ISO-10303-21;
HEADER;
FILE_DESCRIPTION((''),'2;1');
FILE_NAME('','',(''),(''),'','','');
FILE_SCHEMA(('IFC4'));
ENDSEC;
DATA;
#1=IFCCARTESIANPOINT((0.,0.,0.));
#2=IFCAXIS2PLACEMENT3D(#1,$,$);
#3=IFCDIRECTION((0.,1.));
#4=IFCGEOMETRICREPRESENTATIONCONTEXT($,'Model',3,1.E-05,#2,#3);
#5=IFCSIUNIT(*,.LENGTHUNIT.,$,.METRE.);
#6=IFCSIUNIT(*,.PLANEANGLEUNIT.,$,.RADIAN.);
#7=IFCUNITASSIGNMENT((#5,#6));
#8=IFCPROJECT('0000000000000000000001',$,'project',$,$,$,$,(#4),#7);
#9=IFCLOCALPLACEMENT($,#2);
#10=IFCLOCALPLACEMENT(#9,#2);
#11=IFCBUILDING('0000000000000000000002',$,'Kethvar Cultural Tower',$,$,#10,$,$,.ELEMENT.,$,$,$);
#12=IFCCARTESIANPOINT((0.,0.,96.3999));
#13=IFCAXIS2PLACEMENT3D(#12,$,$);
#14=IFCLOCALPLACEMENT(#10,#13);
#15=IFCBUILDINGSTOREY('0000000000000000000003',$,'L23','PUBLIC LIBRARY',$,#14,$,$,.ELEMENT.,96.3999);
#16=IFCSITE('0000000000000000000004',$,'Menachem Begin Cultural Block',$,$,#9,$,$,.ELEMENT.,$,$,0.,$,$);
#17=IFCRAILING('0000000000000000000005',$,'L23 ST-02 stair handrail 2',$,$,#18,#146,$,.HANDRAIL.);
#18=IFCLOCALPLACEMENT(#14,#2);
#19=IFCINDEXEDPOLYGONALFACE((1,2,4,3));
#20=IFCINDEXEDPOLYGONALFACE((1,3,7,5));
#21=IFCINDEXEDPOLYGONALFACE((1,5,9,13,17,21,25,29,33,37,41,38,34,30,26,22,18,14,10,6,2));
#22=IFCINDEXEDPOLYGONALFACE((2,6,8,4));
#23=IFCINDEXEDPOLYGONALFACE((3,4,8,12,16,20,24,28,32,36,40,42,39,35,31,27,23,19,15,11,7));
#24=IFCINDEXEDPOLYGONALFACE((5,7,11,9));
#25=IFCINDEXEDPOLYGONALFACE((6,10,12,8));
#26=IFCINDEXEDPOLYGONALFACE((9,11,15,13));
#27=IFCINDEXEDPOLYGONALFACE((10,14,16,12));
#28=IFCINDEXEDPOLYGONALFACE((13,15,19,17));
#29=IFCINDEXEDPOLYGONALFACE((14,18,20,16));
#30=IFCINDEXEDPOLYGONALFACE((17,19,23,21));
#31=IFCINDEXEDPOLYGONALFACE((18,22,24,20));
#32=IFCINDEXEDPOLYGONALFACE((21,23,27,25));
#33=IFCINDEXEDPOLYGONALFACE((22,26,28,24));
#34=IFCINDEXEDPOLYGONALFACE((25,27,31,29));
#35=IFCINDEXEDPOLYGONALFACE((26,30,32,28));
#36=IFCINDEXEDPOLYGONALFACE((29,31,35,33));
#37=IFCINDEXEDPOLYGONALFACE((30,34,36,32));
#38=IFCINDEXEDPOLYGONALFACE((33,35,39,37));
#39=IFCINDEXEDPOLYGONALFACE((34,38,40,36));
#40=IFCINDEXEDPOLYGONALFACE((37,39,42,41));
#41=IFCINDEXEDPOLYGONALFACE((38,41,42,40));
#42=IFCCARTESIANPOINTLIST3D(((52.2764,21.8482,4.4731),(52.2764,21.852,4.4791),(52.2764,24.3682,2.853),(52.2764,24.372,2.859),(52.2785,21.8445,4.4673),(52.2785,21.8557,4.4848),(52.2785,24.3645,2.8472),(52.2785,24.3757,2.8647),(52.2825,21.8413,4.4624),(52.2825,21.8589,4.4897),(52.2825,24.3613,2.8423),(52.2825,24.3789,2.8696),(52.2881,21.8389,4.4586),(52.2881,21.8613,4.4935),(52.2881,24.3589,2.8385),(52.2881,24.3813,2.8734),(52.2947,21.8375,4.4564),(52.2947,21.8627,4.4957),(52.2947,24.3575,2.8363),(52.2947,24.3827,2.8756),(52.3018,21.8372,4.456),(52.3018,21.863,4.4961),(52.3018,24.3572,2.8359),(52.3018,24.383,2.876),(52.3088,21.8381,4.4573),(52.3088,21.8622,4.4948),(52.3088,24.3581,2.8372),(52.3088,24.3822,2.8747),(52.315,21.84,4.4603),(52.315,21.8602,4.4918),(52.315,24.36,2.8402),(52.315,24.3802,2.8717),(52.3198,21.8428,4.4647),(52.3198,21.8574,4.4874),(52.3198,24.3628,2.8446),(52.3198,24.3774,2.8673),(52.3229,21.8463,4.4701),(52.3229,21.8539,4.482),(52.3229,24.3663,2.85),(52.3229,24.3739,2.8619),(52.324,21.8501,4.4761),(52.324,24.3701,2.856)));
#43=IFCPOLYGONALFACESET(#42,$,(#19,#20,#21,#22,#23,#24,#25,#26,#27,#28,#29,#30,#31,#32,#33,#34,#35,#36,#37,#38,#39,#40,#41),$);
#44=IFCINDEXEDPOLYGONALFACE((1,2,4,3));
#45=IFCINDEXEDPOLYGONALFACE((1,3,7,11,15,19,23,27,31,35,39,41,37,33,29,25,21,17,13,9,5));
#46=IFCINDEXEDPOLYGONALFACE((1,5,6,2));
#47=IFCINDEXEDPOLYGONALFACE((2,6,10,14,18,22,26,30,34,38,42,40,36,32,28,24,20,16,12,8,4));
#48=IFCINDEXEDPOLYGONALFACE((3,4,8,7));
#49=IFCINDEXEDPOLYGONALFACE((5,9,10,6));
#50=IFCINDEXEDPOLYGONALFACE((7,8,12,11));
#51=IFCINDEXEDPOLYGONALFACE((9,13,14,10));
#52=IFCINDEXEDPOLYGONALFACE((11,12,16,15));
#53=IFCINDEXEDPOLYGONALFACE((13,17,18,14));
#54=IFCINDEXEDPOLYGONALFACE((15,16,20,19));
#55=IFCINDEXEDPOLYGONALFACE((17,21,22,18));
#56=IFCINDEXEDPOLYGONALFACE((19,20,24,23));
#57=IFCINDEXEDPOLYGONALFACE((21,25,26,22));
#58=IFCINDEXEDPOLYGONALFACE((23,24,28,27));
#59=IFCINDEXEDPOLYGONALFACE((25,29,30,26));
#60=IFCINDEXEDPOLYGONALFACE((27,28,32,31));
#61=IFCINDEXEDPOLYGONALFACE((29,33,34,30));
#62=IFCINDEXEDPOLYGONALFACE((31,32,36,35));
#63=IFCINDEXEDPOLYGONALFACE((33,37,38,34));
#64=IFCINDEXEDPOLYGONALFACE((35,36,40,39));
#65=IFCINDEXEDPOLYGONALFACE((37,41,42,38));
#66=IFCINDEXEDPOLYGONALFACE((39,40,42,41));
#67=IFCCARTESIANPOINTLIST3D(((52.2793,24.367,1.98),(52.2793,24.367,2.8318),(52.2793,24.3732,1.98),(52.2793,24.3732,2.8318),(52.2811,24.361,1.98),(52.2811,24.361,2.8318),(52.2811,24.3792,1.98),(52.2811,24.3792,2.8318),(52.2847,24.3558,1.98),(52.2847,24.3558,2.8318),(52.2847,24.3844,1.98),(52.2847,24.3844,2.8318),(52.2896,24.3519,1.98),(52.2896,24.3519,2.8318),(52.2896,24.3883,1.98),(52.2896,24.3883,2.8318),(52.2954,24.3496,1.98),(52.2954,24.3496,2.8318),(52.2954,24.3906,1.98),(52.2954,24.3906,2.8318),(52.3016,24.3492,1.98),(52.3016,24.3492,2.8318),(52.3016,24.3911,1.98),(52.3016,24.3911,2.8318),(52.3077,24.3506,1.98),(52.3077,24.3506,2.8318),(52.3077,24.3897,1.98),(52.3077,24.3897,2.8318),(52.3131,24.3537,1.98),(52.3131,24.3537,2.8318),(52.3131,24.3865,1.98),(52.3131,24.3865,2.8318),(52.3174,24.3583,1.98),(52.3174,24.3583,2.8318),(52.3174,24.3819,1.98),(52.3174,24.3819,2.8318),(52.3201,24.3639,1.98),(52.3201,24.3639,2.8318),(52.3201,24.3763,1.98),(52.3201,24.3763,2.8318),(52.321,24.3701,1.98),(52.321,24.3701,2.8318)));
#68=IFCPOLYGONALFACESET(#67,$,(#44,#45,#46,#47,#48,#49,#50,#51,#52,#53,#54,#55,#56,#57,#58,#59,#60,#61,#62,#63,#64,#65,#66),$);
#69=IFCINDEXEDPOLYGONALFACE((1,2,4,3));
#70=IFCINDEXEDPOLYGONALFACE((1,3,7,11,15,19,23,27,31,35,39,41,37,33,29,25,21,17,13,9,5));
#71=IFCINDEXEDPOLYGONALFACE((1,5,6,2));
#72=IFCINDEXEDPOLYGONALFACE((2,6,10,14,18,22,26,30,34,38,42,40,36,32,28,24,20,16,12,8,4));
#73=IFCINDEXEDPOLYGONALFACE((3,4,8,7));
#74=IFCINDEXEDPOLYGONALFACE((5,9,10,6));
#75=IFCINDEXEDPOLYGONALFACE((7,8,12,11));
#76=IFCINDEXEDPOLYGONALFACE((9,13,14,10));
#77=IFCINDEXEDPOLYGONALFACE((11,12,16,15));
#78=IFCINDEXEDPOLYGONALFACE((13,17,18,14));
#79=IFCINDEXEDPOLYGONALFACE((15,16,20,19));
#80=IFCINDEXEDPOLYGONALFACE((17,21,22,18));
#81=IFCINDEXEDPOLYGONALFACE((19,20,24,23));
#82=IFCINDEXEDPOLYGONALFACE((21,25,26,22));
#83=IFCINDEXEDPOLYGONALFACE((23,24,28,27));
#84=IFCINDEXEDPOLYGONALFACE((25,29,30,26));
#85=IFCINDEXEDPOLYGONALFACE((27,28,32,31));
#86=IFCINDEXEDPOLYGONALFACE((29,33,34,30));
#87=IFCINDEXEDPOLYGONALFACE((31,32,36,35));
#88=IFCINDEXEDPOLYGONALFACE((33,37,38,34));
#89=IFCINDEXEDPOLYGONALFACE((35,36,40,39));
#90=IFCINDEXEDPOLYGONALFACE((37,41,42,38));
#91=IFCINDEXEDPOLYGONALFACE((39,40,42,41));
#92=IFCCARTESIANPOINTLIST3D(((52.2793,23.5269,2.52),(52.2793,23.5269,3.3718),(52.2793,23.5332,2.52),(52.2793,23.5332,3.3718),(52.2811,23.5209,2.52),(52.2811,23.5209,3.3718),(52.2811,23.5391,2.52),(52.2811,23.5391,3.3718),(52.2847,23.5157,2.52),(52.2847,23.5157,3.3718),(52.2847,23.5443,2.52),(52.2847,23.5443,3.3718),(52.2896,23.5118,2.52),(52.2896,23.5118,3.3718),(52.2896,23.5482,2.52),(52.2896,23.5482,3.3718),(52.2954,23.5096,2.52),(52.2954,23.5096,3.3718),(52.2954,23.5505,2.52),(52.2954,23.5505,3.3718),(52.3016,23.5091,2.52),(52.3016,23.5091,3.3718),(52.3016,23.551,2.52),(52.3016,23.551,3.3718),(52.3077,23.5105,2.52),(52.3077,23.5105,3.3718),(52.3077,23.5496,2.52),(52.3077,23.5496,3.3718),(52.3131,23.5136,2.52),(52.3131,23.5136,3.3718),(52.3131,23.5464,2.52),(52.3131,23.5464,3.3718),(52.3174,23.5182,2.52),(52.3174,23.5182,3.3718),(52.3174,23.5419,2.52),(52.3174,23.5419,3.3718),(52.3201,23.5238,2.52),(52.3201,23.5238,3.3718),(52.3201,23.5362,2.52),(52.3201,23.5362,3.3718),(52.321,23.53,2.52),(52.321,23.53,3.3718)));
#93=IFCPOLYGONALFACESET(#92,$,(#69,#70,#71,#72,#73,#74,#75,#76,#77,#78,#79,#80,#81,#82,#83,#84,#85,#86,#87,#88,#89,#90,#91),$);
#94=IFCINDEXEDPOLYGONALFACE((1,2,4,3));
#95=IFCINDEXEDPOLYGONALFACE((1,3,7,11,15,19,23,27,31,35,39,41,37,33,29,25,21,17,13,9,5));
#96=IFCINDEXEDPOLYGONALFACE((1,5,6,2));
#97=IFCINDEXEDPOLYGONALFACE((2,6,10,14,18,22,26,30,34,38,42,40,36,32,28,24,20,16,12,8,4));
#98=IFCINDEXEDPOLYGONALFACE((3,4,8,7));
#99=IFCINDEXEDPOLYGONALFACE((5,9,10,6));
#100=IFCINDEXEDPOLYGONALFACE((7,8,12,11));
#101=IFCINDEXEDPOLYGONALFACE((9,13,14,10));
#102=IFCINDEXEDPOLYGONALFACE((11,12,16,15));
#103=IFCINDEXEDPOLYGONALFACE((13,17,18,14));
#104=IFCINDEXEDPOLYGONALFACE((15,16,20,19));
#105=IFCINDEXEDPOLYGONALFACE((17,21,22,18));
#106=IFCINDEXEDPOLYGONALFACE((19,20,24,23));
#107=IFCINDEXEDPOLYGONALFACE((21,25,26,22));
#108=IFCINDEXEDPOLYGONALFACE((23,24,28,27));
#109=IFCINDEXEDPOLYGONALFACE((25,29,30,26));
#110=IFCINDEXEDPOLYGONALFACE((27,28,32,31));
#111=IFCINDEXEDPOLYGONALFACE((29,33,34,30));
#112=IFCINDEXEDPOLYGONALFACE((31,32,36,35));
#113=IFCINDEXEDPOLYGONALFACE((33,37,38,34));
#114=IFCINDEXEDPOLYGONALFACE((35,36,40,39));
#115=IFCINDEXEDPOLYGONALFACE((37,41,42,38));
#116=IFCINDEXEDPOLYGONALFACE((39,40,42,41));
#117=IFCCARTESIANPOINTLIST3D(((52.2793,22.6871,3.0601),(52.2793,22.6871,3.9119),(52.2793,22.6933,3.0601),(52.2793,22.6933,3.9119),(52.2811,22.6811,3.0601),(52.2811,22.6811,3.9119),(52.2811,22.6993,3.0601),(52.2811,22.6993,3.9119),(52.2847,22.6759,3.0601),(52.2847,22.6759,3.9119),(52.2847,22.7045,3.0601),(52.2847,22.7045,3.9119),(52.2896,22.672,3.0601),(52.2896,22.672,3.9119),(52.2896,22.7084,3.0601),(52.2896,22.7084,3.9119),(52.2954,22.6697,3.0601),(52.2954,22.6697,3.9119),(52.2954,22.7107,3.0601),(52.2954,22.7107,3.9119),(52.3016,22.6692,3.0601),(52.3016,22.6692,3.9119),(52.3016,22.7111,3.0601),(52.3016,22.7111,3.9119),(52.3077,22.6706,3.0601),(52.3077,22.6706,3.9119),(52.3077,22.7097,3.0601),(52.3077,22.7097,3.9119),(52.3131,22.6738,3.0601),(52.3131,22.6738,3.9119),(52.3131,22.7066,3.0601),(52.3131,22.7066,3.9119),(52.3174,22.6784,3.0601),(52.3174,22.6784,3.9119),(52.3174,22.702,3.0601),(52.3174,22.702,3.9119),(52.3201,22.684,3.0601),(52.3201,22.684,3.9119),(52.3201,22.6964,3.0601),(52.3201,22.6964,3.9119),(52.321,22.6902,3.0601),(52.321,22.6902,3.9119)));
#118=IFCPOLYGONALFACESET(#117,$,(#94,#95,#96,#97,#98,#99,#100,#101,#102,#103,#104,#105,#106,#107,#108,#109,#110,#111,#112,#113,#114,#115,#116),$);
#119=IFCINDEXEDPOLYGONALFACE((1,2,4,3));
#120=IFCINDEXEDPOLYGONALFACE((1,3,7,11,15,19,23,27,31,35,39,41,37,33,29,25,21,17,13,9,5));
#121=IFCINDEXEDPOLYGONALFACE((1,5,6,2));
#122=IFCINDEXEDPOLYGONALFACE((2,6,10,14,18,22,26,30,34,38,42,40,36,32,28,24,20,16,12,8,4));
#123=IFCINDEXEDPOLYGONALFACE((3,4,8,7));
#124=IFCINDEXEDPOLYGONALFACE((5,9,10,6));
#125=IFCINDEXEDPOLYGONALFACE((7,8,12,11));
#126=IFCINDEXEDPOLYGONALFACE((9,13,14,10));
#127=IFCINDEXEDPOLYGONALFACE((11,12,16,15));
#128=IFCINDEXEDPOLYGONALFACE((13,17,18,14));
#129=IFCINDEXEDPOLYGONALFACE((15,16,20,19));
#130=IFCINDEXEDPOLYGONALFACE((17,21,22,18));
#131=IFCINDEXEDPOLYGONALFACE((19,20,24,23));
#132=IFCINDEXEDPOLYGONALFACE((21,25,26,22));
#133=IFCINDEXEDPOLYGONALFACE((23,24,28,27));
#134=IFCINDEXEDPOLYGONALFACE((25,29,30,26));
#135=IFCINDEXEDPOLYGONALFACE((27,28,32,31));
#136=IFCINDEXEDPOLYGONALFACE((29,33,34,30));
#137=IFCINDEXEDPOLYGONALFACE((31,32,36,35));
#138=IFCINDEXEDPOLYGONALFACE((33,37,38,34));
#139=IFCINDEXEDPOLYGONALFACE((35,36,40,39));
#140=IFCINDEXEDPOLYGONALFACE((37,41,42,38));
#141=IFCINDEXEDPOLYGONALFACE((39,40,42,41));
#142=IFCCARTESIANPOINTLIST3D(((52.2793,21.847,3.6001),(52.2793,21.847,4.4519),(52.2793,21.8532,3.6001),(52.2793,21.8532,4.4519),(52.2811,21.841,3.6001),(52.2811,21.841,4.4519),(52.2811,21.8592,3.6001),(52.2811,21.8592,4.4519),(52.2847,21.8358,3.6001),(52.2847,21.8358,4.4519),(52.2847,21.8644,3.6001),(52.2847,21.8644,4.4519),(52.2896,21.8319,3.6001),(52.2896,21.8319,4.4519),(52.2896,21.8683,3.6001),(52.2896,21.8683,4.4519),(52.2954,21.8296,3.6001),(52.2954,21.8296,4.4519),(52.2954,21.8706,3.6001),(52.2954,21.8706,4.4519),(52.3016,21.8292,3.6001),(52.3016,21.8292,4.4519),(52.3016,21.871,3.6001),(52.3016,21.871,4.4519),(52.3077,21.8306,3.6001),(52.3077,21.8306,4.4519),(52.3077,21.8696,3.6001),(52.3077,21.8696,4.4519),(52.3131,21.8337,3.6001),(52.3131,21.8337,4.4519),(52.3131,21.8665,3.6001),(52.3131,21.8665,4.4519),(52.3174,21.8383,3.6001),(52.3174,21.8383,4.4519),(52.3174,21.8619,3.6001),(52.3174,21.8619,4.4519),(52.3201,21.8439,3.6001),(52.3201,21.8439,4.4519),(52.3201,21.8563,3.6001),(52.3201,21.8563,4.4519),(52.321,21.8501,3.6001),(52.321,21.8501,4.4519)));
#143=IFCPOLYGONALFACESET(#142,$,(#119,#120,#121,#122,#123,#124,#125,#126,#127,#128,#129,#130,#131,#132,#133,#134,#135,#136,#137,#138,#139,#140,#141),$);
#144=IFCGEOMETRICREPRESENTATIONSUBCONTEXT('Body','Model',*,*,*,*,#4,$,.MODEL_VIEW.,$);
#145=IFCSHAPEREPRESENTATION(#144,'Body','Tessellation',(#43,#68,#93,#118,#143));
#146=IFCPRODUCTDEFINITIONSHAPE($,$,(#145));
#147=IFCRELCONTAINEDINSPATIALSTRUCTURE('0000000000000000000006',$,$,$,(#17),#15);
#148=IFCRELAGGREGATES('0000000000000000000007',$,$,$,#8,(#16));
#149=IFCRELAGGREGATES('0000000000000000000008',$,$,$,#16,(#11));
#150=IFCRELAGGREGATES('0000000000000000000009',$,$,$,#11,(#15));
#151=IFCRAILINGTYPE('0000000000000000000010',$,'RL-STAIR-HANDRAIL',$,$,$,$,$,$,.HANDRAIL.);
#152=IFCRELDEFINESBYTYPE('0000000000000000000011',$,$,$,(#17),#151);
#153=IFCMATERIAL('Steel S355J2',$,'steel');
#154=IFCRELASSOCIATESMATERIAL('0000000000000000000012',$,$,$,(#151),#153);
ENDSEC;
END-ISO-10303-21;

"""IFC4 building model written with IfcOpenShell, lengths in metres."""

from ifc_helpers import new_model, si_unit, direction, frame, origin, origin_2d, place, context, subcontext, project, spatial, circle, extrude, material, type_object, element, save


model = new_model("IFC4")

# Units and contexts
model_context = context("Model", 3, precision=1e-05, world=origin(), true_north=direction((0.0, 1.0)))
body_context = subcontext(model_context, "Body", "Model", "MODEL_VIEW")
ifc_project = project(units=[si_unit("LENGTHUNIT", "METRE"), si_unit("PLANEANGLEUNIT", "RADIAN")], contexts=[model_context])

# Site, building, storey
site_placement = place(None, origin())
site = spatial("IfcSite", under=ifc_project, at=site_placement, Name="Menachem Begin Cultural Block", CompositionType="ELEMENT", RefElevation=0.0)
building_placement = place(site_placement, origin())
building = spatial("IfcBuilding", under=site, at=building_placement, Name="Kethvar Cultural Tower", CompositionType="ELEMENT")
storey_placement = place(building_placement, frame((0.0, 0.0, 96.3999)))
storey = spatial("IfcBuildingStorey", under=building, at=storey_placement, Name="L23", Description="PUBLIC LIBRARY", CompositionType="ELEMENT", Elevation=96.3999)

# Shared definitions
ifc_material_1 = material(Name="Steel S355J2", Category="steel")

# Railing
railing_type_1 = type_object("IfcRailingType", Name="RL-STAIR-HANDRAIL", PredefinedType="HANDRAIL", material=ifc_material_1)
railing_1_placement = place(storey_placement, frame((52.3, 24.3701, 1.98)))
element("IfcRailing", 1, at=railing_1_placement, inside=storey, type_object=railing_type_1, Name="L23 ST-02 stair handrail 2", PredefinedType="HANDRAIL", context=body_context, shape_type="SweptSolid", body=[
    extrude(circle(Radius=0.0239, at=origin_2d()), frame((0.0, 0.0, 0.876), z_axis=(0.0, -0.841163, 0.540782), x_axis=(1.0, 0.0, 0.0)), (0.0, 0.0, 1.0), 2.9958),
    extrude(circle(Radius=0.021, at=origin_2d()), origin(), (0.0, 0.0, 1.0), 0.8518),
    extrude(circle(Radius=0.021, at=origin_2d()), frame((0.0, -0.8401, 0.54)), (0.0, 0.0, 1.0), 0.8518),
    extrude(circle(Radius=0.021, at=origin_2d()), frame((0.0, -1.6799, 1.0801)), (0.0, 0.0, 1.0), 0.8518),
    extrude(circle(Radius=0.021, at=origin_2d()), frame((0.0, -2.52, 1.6201)), (0.0, 0.0, 1.0), 0.8518),
])

save(model, "model.ifc")
